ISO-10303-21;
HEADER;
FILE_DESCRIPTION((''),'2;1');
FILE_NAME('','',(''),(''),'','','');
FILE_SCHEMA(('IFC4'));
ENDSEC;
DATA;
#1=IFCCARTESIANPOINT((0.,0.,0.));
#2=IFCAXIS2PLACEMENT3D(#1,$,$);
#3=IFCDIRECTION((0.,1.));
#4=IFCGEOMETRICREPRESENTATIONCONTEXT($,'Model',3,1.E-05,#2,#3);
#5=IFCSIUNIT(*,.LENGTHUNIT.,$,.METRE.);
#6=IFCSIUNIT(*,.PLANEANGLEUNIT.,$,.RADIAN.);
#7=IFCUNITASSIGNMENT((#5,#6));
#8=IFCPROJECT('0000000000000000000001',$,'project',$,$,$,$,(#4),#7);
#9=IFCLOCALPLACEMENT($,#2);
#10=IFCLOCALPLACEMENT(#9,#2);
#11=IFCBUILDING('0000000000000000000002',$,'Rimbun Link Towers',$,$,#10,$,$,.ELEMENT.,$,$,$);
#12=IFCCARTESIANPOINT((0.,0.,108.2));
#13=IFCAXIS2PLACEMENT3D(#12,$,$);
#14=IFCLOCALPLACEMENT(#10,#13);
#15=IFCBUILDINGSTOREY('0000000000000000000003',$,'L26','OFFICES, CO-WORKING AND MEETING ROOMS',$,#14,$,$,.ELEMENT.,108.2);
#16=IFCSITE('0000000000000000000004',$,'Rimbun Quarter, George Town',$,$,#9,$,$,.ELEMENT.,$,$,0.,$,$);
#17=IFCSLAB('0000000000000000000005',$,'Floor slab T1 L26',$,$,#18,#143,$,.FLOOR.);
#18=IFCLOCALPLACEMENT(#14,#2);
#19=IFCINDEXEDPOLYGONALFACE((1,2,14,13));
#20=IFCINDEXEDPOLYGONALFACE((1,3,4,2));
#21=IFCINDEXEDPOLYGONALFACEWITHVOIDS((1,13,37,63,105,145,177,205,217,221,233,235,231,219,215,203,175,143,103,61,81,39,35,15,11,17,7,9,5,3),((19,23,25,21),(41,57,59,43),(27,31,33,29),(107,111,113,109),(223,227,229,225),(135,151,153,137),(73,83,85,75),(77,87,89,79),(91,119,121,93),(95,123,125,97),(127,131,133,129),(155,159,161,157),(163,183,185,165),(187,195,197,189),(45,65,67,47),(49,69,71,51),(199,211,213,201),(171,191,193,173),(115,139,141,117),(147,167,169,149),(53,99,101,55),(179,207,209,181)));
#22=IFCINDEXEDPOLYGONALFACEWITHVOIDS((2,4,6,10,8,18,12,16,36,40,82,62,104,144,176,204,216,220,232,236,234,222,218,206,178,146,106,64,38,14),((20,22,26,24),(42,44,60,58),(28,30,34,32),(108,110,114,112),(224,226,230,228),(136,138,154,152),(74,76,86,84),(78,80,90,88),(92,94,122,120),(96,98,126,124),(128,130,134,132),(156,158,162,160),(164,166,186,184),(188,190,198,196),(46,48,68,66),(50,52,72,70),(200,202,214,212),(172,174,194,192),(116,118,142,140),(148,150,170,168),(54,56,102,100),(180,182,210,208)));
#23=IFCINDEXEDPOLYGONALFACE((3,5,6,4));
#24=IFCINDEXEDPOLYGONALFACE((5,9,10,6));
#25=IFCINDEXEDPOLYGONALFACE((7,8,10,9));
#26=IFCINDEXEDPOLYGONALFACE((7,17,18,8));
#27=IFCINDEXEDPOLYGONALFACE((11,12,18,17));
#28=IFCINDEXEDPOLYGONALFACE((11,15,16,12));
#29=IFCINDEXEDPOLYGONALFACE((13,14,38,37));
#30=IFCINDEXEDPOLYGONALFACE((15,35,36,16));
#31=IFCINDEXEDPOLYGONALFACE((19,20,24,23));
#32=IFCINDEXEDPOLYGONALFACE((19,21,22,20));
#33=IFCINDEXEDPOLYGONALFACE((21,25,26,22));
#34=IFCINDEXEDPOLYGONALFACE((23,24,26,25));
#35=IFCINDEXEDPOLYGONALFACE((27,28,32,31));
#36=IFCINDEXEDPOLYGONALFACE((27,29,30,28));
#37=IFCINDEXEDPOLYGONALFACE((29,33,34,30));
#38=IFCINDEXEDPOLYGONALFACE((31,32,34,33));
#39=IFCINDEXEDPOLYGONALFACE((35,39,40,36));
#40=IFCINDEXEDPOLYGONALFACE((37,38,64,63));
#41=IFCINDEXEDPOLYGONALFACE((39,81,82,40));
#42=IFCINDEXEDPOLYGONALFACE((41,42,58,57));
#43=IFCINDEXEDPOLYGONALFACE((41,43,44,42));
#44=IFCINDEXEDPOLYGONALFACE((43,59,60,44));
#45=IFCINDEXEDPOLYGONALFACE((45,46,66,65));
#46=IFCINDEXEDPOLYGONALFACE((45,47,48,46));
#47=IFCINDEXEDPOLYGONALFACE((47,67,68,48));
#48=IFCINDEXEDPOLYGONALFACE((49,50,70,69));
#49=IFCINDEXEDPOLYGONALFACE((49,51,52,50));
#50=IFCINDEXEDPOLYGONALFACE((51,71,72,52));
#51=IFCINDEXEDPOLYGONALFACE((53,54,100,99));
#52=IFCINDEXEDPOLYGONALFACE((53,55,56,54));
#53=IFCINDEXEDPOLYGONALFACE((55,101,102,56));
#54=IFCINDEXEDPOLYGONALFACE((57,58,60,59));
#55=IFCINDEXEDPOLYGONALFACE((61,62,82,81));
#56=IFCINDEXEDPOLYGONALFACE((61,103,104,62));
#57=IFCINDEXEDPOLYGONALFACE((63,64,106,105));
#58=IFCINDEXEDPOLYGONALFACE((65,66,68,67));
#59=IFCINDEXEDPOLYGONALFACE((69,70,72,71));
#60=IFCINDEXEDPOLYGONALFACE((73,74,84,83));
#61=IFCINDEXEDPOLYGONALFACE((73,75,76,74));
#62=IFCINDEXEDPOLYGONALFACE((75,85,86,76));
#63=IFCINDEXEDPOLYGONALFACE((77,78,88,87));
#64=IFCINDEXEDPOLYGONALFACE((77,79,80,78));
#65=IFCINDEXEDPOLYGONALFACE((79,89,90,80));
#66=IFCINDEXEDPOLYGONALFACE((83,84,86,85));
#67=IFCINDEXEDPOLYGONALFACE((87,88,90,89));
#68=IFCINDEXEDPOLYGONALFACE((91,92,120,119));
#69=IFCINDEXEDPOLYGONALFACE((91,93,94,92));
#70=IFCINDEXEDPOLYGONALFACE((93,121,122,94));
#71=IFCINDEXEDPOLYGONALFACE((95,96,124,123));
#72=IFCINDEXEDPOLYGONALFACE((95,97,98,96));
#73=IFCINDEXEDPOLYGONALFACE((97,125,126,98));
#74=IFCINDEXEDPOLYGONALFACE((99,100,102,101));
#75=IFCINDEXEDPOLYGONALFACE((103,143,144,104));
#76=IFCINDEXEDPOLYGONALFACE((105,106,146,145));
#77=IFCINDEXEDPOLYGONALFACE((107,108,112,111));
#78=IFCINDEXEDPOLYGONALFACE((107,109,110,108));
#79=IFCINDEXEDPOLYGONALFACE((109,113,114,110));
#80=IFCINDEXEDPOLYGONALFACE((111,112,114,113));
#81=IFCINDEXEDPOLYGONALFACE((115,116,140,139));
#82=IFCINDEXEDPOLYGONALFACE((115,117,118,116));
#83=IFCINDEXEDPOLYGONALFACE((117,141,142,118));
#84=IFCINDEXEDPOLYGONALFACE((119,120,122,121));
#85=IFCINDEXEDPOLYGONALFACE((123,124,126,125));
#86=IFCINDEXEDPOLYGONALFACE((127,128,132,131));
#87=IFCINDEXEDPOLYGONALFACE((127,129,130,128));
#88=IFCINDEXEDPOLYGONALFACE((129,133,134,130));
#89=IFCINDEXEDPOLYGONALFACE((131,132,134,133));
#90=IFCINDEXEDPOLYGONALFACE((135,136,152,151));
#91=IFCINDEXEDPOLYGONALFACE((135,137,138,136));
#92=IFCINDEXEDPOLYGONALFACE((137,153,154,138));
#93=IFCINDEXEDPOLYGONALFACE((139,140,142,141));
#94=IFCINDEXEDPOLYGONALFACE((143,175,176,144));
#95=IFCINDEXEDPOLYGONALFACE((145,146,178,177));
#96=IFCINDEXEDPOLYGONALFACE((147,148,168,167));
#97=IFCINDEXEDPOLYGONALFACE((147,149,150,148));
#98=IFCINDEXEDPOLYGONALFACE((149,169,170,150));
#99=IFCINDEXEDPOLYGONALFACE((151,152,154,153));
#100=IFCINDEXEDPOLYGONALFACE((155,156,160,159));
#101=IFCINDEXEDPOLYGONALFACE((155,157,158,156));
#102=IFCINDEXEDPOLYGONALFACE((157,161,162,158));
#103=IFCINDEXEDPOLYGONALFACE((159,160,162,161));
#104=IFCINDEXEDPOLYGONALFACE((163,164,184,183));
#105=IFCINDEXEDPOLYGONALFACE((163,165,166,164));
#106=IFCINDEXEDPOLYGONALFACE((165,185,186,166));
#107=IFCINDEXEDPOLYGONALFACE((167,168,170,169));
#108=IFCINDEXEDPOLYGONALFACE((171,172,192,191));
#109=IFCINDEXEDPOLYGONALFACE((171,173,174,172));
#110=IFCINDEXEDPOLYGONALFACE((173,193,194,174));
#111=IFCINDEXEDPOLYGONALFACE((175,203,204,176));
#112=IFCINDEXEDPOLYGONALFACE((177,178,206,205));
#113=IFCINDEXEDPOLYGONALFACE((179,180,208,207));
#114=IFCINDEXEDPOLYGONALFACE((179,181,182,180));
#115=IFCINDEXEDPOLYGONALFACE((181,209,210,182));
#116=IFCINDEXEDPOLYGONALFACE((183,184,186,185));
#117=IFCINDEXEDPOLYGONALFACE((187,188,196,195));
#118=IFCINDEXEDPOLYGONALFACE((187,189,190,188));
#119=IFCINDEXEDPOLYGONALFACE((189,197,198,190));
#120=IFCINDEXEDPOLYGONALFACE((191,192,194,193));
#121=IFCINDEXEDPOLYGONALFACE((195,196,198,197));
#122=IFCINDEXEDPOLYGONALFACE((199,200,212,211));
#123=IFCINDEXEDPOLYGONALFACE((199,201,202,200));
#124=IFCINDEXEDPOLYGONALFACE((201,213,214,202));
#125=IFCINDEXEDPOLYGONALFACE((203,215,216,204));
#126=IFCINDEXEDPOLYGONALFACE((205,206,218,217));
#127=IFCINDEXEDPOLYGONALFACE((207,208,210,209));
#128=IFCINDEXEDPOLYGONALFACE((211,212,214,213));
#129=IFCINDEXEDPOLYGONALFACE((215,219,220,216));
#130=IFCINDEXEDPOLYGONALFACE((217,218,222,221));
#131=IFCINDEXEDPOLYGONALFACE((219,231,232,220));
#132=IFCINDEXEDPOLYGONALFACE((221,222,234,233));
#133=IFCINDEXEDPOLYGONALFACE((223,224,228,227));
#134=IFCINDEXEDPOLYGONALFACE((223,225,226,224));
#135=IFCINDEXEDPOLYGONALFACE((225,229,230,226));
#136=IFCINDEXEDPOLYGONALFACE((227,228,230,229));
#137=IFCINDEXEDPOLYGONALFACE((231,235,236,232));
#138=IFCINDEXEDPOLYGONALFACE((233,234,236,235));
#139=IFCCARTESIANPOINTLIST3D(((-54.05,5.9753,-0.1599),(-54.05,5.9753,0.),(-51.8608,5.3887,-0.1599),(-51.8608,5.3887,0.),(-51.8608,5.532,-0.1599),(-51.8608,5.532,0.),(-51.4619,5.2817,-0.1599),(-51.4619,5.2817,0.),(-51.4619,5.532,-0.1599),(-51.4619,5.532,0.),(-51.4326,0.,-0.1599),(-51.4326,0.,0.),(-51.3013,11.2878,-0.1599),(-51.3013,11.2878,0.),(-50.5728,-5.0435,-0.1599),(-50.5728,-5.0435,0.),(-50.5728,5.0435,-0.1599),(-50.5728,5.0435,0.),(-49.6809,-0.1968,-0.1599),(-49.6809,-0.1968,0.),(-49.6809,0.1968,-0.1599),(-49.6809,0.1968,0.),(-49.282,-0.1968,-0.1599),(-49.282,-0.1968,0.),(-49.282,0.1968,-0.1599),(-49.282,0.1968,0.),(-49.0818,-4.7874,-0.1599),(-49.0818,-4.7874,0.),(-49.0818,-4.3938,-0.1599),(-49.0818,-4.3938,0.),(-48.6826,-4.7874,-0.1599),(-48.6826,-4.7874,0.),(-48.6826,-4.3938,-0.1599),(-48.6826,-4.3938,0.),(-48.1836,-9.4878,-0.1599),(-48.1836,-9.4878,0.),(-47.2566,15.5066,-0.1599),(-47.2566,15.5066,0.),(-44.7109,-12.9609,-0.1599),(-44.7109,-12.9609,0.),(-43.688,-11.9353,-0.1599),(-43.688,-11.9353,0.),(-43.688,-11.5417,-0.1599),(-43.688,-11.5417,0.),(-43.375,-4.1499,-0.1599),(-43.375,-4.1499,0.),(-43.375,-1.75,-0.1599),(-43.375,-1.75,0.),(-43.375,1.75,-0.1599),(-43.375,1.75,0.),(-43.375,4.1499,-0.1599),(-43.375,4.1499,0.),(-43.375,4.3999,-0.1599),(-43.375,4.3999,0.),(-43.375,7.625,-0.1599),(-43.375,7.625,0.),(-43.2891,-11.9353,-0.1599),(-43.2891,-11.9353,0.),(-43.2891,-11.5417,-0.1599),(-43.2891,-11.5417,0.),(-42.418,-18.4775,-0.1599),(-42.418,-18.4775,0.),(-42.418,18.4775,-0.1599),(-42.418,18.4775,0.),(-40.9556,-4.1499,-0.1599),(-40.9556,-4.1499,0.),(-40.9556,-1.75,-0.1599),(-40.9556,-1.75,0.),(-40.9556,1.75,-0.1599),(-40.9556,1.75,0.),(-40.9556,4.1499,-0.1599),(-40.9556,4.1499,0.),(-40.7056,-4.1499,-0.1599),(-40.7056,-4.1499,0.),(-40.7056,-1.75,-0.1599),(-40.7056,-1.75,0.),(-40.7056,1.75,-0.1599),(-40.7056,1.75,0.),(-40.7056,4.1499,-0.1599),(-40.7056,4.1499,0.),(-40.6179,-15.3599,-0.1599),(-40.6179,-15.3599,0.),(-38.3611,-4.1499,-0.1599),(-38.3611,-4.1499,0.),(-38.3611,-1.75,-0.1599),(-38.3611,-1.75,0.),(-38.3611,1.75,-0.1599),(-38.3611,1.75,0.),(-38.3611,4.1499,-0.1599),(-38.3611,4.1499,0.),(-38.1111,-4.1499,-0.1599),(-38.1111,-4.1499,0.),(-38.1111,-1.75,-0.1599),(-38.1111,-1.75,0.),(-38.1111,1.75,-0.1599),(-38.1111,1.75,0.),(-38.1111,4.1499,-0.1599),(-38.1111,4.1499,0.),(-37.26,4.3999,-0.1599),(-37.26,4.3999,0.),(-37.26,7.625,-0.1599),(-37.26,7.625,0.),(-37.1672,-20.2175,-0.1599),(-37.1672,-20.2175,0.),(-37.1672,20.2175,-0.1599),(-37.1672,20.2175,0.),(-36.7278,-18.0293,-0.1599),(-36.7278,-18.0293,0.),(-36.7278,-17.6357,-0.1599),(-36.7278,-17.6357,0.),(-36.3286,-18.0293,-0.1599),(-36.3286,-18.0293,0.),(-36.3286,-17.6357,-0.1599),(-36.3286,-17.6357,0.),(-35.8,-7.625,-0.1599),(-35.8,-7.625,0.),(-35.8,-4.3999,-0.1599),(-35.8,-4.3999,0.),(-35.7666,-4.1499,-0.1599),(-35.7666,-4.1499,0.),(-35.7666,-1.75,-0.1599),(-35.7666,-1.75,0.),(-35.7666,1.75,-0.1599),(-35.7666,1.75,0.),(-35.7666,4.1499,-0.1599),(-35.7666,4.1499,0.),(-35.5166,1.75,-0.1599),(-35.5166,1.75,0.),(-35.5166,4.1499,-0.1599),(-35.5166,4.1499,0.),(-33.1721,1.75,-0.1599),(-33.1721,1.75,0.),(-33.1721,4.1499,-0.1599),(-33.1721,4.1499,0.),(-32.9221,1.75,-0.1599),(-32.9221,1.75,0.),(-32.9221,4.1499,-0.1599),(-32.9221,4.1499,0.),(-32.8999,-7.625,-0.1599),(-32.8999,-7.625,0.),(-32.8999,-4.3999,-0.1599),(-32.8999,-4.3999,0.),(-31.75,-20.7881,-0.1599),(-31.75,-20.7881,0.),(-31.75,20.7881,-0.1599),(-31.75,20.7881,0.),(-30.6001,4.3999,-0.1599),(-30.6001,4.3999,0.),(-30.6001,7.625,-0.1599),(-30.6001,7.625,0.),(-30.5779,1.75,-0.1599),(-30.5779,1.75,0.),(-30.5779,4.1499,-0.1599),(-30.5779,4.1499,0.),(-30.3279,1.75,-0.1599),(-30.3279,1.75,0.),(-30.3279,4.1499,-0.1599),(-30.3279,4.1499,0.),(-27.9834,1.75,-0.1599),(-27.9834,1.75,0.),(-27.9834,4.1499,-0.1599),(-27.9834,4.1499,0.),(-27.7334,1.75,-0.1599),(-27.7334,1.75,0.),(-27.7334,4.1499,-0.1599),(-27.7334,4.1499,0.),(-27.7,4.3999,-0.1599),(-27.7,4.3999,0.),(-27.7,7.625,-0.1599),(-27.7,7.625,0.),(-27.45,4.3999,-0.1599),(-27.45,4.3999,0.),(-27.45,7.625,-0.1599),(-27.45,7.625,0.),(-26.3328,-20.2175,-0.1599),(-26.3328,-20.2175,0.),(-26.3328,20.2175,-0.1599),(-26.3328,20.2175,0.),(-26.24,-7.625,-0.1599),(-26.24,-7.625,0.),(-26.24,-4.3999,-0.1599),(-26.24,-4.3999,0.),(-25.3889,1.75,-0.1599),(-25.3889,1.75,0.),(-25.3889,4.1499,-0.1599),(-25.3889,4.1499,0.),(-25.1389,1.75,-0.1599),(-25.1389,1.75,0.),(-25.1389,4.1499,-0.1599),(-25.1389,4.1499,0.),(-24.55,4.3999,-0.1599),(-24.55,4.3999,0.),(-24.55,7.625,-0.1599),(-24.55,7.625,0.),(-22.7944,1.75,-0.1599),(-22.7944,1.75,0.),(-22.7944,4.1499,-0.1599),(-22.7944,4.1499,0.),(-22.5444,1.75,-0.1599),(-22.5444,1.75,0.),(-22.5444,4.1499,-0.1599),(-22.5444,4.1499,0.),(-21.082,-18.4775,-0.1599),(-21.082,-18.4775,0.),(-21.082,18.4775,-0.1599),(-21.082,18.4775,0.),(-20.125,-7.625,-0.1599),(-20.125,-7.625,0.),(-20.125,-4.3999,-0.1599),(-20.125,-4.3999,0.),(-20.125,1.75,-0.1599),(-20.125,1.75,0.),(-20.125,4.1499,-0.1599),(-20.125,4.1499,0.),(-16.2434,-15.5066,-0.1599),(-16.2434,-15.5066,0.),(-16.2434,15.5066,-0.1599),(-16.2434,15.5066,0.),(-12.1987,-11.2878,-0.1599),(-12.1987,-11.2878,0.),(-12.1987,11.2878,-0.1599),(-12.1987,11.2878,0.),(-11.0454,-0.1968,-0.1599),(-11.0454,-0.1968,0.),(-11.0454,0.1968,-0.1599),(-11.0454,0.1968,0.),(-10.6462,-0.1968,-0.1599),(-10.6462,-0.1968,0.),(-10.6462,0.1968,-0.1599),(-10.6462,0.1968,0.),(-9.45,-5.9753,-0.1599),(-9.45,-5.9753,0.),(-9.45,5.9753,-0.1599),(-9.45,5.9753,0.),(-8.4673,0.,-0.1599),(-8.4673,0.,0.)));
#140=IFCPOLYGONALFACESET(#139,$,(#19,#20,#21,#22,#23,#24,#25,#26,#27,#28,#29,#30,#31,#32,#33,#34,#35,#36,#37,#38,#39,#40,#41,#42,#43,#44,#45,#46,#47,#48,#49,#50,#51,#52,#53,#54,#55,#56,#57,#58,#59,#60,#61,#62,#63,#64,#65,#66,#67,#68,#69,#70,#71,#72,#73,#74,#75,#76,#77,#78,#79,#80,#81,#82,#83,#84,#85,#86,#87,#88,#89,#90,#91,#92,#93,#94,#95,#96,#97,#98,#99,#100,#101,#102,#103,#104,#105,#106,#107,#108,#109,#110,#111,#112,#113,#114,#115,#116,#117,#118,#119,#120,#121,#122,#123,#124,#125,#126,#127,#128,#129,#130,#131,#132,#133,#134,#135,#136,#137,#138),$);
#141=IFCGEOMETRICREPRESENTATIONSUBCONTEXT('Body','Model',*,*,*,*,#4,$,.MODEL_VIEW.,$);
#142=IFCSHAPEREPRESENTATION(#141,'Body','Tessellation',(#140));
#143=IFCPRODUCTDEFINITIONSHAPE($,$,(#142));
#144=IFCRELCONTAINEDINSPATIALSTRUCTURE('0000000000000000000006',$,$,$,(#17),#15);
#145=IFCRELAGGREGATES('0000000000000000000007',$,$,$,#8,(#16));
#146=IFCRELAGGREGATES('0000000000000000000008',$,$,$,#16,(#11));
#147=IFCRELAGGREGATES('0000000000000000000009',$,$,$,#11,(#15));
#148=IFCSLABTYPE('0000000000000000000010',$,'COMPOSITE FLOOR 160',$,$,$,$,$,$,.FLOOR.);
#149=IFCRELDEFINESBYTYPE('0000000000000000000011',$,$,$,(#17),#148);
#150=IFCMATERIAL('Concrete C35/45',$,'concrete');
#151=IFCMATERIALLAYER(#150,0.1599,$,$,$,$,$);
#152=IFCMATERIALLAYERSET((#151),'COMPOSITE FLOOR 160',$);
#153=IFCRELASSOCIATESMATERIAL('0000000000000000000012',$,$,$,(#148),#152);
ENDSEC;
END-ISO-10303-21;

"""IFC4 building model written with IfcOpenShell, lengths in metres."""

from ifc_helpers import new_model, si_unit, direction, frame, origin, place, context, subcontext, project, spatial, polyline, outline, extrude, material, layer, layer_set, type_object, element, save


model = new_model("IFC4")

# Units and contexts
model_context = context("Model", 3, precision=1e-05, world=origin(), true_north=direction((0.0, 1.0)))
body_context = subcontext(model_context, "Body", "Model", "MODEL_VIEW")
ifc_project = project(units=[si_unit("LENGTHUNIT", "METRE"), si_unit("PLANEANGLEUNIT", "RADIAN")], contexts=[model_context])

# Site, building, storey
site_placement = place(None, origin())
site = spatial("IfcSite", under=ifc_project, at=site_placement, Name="Rimbun Quarter, George Town", CompositionType="ELEMENT", RefElevation=0.0)
building_placement = place(site_placement, origin())
building = spatial("IfcBuilding", under=site, at=building_placement, Name="Rimbun Link Towers", CompositionType="ELEMENT")
storey_placement = place(building_placement, frame((0.0, 0.0, 108.2)))
storey = spatial("IfcBuildingStorey", under=building, at=storey_placement, Name="L26", Description="OFFICES, CO-WORKING AND MEETING ROOMS", CompositionType="ELEMENT", Elevation=108.2)

# Slab
ifc_material_1 = material(Name="Concrete C35/45", Category="concrete")
ifc_layer_1 = layer(ifc_material_1, 0.1599)
ifc_layer_set_1 = layer_set([ifc_layer_1], Name="COMPOSITE FLOOR 160")
slab_type = type_object("IfcSlabType", Name="COMPOSITE FLOOR 160", PredefinedType="FLOOR", material=ifc_layer_set_1)
slab_1_placement = place(storey_placement, frame((0.0, 0.0, -0.1599)))
element("IfcSlab", 1, at=slab_1_placement, inside=storey, type_object=slab_type, Name="Floor slab T1 L26", PredefinedType="FLOOR", context=body_context, shape_type="SweptSolid", body=[
    extrude(outline(polyline([(-54.05, 5.9753), (-51.3013, 11.2878), (-47.2566, 15.5066), (-42.418, 18.4775), (-37.1672, 20.2175), (-31.75, 20.7881), (-26.3328, 20.2175), (-21.082, 18.4775), (-16.2434, 15.5066), (-12.1987, 11.2878), (-9.45, 5.9753), (-8.4673, 0.0), (-9.45, -5.9753), (-12.1987, -11.2878), (-16.2434, -15.5066), (-21.082, -18.4775), (-26.3328, -20.2175), (-31.75, -20.7881), (-37.1672, -20.2175), (-42.418, -18.4775), (-40.6179, -15.3599), (-44.7109, -12.9609), (-48.1836, -9.4878), (-50.5728, -5.0435), (-51.4326, 0.0), (-50.5728, 5.0435), (-51.4619, 5.2817), (-51.4619, 5.532), (-51.8608, 5.532), (-51.8608, 5.3887), (-54.05, 5.9753)]), holes=[polyline([(-36.3286, -18.0293), (-36.3286, -17.6357), (-36.7278, -17.6357), (-36.7278, -18.0293), (-36.3286, -18.0293)]), polyline([(-43.2891, -11.9353), (-43.2891, -11.5417), (-43.688, -11.5417), (-43.688, -11.9353), (-43.2891, -11.9353)]), polyline([(-48.6826, -4.7874), (-48.6826, -4.3938), (-49.0818, -4.3938), (-49.0818, -4.7874), (-48.6826, -4.7874)]), polyline([(-43.375, -4.1499), (-40.9556, -4.1499), (-40.9556, -1.75), (-43.375, -1.75), (-43.375, -4.1499)]), polyline([(-40.7056, -4.1499), (-38.3611, -4.1499), (-38.3611, -1.75), (-40.7056, -1.75), (-40.7056, -4.1499)]), polyline([(-35.7666, -4.1499), (-35.7666, -1.75), (-38.1111, -1.75), (-38.1111, -4.1499), (-35.7666, -4.1499)]), polyline([(-49.6809, -0.1968), (-49.282, -0.1968), (-49.282, 0.1968), (-49.6809, 0.1968), (-49.6809, -0.1968)]), polyline([(-43.375, 1.75), (-40.9556, 1.75), (-40.9556, 4.1499), (-43.375, 4.1499), (-43.375, 1.75)]), polyline([(-38.3611, 1.75), (-38.3611, 4.1499), (-40.7056, 4.1499), (-40.7056, 1.75), (-38.3611, 1.75)]), polyline([(-38.1111, 1.75), (-35.7666, 1.75), (-35.7666, 4.1499), (-38.1111, 4.1499), (-38.1111, 1.75)]), polyline([(-37.26, 4.3999), (-37.26, 7.625), (-43.375, 7.625), (-43.375, 4.3999), (-37.26, 4.3999)]), polyline([(-35.8, -7.625), (-32.8999, -7.625), (-32.8999, -4.3999), (-35.8, -4.3999), (-35.8, -7.625)]), polyline([(-26.24, -7.625), (-20.125, -7.625), (-20.125, -4.3999), (-26.24, -4.3999), (-26.24, -7.625)]), polyline([(-10.6462, -0.1968), (-10.6462, 0.1968), (-11.0454, 0.1968), (-11.0454, -0.1968), (-10.6462, -0.1968)]), polyline([(-35.5166, 1.75), (-33.1721, 1.75), (-33.1721, 4.1499), (-35.5166, 4.1499), (-35.5166, 1.75)]), polyline([(-32.9221, 1.75), (-30.5779, 1.75), (-30.5779, 4.1499), (-32.9221, 4.1499), (-32.9221, 1.75)]), polyline([(-27.9834, 1.75), (-27.9834, 4.1499), (-30.3279, 4.1499), (-30.3279, 1.75), (-27.9834, 1.75)]), polyline([(-27.7334, 1.75), (-25.3889, 1.75), (-25.3889, 4.1499), (-27.7334, 4.1499), (-27.7334, 1.75)]), polyline([(-25.1389, 1.75), (-22.7944, 1.75), (-22.7944, 4.1499), (-25.1389, 4.1499), (-25.1389, 1.75)]), polyline([(-20.125, 1.75), (-20.125, 4.1499), (-22.5444, 4.1499), (-22.5444, 1.75), (-20.125, 1.75)]), polyline([(-30.6001, 4.3999), (-27.7, 4.3999), (-27.7, 7.625), (-30.6001, 7.625), (-30.6001, 4.3999)]), polyline([(-27.45, 4.3999), (-24.55, 4.3999), (-24.55, 7.625), (-27.45, 7.625), (-27.45, 4.3999)])]), origin(), (0.0, 0.0, 1.0), 0.1599),
])

save(model, "model.ifc")
